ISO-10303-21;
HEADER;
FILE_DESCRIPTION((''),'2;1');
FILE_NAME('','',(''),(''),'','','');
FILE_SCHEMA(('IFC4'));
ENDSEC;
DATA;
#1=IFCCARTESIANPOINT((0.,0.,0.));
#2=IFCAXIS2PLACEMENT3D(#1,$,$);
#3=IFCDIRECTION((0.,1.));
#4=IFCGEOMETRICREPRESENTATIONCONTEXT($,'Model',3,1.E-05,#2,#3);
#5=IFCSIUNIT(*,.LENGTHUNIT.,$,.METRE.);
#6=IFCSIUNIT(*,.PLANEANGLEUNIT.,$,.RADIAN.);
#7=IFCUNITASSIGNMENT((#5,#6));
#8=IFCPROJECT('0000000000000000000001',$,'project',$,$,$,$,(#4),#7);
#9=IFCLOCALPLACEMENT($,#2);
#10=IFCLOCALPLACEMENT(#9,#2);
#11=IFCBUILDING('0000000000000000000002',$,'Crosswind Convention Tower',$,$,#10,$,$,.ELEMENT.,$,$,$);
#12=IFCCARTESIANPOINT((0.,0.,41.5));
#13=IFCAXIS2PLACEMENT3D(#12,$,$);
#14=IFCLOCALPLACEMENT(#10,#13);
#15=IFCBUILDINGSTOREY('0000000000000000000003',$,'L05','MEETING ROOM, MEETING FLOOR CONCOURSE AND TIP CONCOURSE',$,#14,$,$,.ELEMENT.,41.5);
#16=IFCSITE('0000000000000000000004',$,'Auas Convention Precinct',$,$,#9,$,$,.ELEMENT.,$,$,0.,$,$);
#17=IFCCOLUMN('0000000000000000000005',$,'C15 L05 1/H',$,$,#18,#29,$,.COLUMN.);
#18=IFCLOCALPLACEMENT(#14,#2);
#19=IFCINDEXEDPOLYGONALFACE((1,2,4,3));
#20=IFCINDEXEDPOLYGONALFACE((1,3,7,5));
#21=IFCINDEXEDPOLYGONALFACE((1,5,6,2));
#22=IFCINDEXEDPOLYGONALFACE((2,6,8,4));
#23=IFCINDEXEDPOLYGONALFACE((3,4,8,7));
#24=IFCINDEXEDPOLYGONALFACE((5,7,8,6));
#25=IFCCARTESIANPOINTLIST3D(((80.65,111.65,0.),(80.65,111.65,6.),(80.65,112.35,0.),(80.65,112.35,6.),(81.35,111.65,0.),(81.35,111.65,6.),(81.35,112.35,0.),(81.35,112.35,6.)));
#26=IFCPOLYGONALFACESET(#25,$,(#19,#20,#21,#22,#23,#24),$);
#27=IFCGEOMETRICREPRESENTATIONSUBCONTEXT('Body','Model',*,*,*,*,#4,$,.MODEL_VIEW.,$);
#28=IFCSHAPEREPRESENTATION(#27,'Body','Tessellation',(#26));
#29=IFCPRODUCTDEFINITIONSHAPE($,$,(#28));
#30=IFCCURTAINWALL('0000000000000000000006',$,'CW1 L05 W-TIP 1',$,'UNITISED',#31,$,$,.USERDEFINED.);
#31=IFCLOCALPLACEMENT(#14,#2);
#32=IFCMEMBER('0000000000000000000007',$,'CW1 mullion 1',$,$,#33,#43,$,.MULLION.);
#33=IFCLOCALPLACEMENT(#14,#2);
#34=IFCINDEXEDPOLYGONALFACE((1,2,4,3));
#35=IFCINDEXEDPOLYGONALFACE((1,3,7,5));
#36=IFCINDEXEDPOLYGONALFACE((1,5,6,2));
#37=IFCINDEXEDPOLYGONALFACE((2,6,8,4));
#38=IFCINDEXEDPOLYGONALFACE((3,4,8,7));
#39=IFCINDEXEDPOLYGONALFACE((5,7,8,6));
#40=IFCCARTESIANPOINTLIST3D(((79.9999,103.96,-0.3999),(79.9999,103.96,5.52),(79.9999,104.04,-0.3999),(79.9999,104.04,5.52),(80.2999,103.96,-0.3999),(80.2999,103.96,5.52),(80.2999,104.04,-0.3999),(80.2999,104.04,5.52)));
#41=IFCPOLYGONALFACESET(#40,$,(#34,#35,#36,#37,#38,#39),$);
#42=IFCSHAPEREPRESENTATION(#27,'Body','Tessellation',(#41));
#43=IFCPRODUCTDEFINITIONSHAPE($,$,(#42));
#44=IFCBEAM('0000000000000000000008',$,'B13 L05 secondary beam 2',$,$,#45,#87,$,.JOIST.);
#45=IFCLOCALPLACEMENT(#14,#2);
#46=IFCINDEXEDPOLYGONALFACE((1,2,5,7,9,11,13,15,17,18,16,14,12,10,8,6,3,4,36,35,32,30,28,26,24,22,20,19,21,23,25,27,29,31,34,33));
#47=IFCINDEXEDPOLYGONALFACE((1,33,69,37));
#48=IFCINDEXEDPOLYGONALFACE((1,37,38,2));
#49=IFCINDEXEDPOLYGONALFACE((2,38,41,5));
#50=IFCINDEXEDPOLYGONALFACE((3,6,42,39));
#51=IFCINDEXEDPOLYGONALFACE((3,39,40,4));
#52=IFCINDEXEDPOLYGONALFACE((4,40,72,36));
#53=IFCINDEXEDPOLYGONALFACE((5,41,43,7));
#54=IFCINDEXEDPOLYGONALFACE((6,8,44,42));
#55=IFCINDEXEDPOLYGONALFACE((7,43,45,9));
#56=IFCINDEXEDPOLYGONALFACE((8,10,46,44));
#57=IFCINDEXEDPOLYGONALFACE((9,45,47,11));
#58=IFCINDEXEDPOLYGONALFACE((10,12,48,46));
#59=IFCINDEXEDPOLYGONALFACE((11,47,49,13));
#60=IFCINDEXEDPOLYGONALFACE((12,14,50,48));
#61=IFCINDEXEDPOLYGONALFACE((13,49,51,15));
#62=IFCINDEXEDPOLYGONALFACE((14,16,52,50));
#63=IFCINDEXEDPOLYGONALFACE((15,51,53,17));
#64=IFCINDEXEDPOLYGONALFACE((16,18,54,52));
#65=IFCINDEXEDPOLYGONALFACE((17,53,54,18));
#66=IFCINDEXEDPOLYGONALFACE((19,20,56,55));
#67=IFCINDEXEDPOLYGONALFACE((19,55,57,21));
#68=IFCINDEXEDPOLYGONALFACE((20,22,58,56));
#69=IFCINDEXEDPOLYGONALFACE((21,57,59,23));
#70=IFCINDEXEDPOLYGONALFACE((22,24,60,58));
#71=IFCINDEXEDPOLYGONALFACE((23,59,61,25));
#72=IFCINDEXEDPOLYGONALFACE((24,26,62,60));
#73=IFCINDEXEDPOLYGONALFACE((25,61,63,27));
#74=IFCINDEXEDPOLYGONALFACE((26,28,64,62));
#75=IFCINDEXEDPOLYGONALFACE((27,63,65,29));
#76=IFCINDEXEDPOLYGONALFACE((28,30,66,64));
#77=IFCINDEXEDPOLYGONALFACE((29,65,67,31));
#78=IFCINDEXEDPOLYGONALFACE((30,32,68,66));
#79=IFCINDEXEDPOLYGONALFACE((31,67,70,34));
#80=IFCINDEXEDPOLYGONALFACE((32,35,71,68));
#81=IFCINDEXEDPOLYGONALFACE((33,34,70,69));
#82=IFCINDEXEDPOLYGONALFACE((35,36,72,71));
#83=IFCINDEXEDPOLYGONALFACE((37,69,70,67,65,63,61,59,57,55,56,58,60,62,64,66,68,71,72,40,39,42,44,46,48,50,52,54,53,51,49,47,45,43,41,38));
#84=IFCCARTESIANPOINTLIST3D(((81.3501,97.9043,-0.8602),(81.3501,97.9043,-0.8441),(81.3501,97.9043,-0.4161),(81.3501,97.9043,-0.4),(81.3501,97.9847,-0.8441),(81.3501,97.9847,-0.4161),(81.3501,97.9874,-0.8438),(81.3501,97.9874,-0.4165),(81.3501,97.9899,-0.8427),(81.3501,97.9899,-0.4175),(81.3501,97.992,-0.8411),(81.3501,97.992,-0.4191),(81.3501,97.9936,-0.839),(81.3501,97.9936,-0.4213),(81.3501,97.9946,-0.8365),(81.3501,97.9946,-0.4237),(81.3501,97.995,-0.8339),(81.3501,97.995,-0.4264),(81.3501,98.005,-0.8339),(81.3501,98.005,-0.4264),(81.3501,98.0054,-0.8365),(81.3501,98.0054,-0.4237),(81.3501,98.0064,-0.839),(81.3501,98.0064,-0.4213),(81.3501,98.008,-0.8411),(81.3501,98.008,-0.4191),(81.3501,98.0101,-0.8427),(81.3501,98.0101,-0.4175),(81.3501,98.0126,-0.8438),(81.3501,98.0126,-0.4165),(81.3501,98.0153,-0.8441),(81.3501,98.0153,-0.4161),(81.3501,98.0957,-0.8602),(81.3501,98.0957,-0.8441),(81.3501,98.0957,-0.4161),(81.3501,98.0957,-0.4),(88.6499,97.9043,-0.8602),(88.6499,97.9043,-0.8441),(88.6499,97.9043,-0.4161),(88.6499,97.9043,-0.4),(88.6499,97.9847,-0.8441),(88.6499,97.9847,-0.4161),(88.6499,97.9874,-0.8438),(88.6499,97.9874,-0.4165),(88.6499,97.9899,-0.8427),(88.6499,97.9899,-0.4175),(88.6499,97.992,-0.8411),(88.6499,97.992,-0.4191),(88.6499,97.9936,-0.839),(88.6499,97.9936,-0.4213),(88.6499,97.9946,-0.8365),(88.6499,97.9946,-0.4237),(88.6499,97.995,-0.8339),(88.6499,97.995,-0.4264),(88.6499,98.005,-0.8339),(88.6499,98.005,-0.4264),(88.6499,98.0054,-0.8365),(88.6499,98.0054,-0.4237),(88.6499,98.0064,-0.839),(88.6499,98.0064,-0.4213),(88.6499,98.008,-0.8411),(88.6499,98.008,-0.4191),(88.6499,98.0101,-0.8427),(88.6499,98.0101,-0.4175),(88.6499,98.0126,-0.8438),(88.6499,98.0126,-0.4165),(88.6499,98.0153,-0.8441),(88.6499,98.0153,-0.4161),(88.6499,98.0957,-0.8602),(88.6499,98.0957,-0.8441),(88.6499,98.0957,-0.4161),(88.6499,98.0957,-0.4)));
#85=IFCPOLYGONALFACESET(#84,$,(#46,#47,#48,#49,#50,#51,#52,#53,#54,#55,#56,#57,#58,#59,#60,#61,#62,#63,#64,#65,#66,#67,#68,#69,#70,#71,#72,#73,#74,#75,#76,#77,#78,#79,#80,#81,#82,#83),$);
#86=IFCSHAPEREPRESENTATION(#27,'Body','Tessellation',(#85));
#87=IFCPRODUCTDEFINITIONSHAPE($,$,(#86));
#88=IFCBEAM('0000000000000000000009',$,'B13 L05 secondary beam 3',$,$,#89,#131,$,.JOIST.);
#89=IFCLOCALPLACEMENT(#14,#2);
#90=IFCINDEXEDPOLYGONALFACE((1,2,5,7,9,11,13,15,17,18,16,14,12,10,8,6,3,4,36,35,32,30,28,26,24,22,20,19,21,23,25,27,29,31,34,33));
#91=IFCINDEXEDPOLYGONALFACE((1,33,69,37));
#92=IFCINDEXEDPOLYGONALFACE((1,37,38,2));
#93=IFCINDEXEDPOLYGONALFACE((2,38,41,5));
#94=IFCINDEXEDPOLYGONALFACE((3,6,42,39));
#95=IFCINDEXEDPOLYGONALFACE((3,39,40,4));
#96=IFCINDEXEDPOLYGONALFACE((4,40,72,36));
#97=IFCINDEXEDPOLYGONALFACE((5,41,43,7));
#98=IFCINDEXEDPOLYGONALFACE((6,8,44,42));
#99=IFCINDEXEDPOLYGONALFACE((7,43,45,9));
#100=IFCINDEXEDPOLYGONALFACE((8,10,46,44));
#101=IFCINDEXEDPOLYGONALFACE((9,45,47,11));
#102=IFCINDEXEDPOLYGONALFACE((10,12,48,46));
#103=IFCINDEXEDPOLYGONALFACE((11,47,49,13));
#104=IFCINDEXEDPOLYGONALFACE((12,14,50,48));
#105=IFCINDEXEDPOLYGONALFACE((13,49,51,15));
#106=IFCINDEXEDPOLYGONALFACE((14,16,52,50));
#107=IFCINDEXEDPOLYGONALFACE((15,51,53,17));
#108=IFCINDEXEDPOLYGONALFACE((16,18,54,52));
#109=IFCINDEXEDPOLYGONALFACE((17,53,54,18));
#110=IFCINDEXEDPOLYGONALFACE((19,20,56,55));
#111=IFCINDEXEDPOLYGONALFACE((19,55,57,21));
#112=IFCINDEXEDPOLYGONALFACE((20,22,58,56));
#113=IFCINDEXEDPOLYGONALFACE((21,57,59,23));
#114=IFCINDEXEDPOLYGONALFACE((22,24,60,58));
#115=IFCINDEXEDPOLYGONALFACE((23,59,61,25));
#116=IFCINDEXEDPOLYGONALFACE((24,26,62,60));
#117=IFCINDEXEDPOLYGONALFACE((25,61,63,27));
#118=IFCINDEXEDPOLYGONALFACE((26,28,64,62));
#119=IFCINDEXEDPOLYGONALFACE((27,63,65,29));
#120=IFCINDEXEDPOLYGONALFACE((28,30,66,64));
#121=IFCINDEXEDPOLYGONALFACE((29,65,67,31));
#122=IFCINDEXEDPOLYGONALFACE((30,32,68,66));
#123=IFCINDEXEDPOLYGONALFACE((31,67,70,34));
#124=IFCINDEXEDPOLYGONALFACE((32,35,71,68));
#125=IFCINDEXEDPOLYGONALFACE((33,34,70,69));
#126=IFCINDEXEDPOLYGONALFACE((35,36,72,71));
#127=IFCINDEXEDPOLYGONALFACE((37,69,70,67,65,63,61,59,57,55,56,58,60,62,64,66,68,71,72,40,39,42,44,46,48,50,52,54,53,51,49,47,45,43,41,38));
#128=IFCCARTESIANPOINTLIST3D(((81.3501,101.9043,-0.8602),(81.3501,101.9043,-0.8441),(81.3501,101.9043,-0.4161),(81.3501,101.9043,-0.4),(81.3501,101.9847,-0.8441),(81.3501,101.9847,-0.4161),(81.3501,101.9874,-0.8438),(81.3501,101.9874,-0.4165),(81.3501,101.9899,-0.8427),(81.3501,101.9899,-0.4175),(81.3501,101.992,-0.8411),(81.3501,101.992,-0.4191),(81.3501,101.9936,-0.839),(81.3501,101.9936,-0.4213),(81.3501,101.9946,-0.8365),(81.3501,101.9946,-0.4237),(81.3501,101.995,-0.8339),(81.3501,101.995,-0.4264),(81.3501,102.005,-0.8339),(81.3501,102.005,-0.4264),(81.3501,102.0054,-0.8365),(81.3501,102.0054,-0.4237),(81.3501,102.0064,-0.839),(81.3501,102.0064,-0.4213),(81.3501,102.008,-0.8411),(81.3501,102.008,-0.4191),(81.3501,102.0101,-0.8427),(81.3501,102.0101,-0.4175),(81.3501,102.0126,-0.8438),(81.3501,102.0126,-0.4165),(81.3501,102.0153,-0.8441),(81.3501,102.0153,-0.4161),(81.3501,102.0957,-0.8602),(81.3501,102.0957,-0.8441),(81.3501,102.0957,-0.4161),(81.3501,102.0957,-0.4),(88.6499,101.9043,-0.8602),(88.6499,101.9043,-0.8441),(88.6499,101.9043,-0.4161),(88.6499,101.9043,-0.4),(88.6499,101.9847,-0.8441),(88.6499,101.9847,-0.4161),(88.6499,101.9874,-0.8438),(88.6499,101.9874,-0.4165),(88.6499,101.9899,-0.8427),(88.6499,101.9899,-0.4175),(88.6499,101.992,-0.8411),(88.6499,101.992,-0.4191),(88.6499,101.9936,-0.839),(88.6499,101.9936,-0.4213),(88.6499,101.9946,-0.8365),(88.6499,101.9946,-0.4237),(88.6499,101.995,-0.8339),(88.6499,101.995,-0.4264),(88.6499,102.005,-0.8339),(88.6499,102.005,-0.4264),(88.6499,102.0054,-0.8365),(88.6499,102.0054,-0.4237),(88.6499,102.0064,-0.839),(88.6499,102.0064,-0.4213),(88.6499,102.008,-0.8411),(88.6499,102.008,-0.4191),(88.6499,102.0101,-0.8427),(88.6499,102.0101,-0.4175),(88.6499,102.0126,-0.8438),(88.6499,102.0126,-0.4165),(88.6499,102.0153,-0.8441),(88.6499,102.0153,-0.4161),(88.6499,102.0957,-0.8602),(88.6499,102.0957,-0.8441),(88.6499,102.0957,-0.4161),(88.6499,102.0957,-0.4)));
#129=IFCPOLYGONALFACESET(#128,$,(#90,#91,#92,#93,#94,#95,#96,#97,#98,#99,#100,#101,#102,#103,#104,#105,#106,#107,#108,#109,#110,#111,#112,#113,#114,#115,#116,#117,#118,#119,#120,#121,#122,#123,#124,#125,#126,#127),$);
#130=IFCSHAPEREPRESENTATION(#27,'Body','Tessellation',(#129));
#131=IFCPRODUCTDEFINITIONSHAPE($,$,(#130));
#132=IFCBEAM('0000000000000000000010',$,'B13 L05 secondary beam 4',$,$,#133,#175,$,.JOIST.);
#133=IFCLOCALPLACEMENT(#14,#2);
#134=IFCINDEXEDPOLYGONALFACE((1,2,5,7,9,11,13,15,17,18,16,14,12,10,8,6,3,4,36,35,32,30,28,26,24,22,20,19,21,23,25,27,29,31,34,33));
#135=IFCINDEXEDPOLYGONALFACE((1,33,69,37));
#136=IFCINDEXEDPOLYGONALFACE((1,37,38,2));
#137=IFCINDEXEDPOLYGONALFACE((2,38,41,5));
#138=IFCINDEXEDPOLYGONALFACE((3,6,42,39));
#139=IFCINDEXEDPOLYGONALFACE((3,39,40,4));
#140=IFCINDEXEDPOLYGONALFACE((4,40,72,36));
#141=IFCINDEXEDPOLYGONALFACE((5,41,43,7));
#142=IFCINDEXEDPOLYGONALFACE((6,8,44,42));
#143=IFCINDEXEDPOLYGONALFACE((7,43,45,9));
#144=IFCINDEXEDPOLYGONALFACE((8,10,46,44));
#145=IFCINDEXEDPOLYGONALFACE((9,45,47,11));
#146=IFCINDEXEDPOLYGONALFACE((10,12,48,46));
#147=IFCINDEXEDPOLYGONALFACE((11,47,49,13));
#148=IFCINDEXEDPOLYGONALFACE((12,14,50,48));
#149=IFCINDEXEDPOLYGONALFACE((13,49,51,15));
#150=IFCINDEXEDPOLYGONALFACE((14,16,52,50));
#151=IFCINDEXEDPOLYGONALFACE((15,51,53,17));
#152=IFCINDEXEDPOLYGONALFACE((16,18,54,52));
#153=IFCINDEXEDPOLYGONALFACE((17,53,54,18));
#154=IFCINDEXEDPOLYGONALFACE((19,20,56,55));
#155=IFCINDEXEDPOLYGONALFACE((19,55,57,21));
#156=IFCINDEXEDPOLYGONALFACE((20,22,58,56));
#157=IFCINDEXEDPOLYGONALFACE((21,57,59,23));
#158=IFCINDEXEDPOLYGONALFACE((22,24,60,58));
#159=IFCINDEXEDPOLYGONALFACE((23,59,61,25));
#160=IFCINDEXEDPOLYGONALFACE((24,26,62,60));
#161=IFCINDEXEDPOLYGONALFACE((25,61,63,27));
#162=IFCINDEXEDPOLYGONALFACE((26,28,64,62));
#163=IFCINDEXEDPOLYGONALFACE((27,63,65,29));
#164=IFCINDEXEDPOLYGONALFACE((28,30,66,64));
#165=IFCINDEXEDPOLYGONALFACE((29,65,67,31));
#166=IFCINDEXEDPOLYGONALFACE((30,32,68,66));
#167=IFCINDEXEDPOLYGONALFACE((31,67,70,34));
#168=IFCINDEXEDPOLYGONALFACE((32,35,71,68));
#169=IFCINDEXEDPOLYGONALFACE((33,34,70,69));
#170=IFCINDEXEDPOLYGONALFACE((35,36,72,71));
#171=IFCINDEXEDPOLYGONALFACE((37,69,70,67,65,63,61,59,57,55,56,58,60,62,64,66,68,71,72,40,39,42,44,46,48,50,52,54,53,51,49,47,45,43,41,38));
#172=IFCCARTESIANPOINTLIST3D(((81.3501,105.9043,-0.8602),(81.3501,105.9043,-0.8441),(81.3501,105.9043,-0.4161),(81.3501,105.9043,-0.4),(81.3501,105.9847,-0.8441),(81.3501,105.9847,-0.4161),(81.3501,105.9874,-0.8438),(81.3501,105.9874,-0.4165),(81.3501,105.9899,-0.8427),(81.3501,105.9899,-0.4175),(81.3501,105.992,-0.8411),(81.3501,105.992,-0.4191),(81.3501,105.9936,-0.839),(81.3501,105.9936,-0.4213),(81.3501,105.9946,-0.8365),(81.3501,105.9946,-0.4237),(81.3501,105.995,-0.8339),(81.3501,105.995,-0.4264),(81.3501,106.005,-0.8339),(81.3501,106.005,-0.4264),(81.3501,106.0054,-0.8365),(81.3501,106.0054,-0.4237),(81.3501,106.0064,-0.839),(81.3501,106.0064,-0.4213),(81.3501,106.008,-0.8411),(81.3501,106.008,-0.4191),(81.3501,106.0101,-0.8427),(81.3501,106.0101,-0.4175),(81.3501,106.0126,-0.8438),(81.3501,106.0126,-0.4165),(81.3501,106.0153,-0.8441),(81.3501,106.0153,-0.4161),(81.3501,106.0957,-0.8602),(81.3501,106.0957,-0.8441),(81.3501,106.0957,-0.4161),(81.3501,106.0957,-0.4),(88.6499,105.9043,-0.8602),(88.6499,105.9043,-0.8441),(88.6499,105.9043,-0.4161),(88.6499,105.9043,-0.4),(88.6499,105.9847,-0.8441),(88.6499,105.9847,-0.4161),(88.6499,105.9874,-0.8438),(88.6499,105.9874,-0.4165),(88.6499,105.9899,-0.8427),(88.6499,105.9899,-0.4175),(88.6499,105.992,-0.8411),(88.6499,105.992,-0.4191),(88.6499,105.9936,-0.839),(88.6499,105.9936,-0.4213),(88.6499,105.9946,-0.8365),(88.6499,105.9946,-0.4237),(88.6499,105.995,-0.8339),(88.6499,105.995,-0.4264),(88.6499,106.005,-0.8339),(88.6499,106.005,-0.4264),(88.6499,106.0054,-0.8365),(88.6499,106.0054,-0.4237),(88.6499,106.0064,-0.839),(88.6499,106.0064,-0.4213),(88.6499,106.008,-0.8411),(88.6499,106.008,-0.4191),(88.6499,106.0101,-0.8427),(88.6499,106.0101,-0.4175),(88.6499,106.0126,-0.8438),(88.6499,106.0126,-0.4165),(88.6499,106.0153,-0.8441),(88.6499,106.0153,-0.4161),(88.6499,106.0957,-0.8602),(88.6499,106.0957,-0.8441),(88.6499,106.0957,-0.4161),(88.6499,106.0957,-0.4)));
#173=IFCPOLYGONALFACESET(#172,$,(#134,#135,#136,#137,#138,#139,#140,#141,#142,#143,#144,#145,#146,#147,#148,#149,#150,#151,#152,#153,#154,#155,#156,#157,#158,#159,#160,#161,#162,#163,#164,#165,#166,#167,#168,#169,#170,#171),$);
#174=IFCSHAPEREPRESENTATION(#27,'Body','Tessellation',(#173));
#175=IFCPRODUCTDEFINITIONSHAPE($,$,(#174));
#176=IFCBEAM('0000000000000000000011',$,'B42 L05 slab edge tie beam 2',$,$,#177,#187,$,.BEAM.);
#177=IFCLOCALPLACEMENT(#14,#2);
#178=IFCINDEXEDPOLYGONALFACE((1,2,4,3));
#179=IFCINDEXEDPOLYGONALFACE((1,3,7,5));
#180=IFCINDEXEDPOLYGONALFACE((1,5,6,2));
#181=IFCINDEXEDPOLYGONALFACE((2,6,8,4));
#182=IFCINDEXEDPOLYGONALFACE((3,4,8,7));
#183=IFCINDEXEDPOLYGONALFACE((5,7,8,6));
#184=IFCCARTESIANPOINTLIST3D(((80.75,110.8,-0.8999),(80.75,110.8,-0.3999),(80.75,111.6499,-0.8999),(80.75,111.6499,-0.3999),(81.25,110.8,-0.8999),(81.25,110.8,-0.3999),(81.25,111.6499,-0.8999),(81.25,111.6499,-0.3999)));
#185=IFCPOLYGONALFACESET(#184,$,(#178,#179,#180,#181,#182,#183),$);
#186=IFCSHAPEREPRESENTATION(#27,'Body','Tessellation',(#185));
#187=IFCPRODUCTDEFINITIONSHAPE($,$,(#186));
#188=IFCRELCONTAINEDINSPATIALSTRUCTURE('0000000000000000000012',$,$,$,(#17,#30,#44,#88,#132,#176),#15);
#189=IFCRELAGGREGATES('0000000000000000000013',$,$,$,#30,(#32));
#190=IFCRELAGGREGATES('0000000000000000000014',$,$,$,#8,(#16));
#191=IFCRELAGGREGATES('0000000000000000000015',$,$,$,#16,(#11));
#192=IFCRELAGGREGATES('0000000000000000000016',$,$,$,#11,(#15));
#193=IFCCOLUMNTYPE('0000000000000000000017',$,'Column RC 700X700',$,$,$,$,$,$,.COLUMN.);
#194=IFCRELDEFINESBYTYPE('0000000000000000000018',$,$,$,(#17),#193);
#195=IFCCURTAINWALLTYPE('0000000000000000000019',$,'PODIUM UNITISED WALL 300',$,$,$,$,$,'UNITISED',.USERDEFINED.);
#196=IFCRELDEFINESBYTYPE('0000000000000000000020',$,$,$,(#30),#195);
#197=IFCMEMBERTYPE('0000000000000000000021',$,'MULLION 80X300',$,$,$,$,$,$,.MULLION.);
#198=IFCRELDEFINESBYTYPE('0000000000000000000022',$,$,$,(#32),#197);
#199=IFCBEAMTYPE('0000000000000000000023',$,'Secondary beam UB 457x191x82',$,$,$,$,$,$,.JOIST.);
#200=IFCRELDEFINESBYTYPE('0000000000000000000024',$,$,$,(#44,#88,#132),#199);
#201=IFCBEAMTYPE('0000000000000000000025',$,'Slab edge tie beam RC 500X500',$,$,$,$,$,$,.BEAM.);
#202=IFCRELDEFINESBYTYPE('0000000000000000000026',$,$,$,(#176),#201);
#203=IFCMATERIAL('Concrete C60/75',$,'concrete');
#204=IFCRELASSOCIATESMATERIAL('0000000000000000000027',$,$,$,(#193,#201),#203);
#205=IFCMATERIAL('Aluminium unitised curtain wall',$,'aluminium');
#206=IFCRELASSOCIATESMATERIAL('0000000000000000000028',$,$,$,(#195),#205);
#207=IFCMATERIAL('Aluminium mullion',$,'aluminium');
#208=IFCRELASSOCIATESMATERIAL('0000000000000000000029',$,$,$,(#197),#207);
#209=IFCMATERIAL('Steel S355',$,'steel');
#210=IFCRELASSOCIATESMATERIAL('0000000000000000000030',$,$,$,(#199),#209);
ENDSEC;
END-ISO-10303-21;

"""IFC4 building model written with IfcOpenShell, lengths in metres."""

from ifc_helpers import new_model, si_unit, direction, frame, origin, origin_2d, place, context, subcontext, project, spatial, rectangle, i_section, extrude, material, material_profile, profile_set, type_object, element, aggregate, save


model = new_model("IFC4")

# Units and contexts
model_context = context("Model", 3, precision=1e-05, world=origin(), true_north=direction((0.0, 1.0)))
body_context = subcontext(model_context, "Body", "Model", "MODEL_VIEW")
ifc_project = project(units=[si_unit("LENGTHUNIT", "METRE"), si_unit("PLANEANGLEUNIT", "RADIAN")], contexts=[model_context])

# Site, building, storey
site_placement = place(None, origin())
site = spatial("IfcSite", under=ifc_project, at=site_placement, Name="Auas Convention Precinct", CompositionType="ELEMENT", RefElevation=0.0)
building_placement = place(site_placement, origin())
building = spatial("IfcBuilding", under=site, at=building_placement, Name="Crosswind Convention Tower", CompositionType="ELEMENT")
storey_placement = place(building_placement, frame((0.0, 0.0, 41.5)))
storey = spatial("IfcBuildingStorey", under=building, at=storey_placement, Name="L05", Description="MEETING ROOM, MEETING FLOOR CONCOURSE AND TIP CONCOURSE", CompositionType="ELEMENT", Elevation=41.5)

# Column
ifc_material_1 = material(Name="Concrete C60/75", Category="concrete")
ifc_material_profile_1 = material_profile(ifc_material_1, rectangle(XDim=0.7, YDim=0.7, at=origin_2d()), Name="RC 700X700")
ifc_profile_set_1 = profile_set([ifc_material_profile_1], Name="Concrete C60/75")
column_type = type_object("IfcColumnType", Name="Column RC 700X700", PredefinedType="COLUMN", material=ifc_profile_set_1)
column_placement = place(storey_placement, frame((81.0, 112.0, 0.0), z_axis=(0.0, 0.0, 1.0), x_axis=(1.0, 0.0, 0.0)))
element("IfcColumn", 1, at=column_placement, inside=storey, type_object=column_type, Name="C15 L05 1/H", PredefinedType="COLUMN", context=body_context, shape_type="SweptSolid", body=[
    extrude(rectangle(XDim=0.7, YDim=0.7, at=origin_2d()), origin(), (0.0, 0.0, 1.0), 6.0),
])

# Curtain wall, member
ifc_material_2 = material(Name="Aluminium unitised curtain wall", Category="aluminium")
curtain_wall_type = type_object("IfcCurtainWallType", Name="PODIUM UNITISED WALL 300", ElementType="UNITISED", PredefinedType="USERDEFINED", material=ifc_material_2)
curtain_wall_placement = place(storey_placement, origin())
curtain_wall = element("IfcCurtainWall", 2, at=curtain_wall_placement, inside=storey, type_object=curtain_wall_type, Name="CW1 L05 W-TIP 1", ObjectType="UNITISED", PredefinedType="USERDEFINED")
ifc_material_3 = material(Name="Aluminium mullion", Category="aluminium")
ifc_material_profile_2 = material_profile(ifc_material_3, rectangle(XDim=0.3, YDim=0.0801, at=origin_2d()), Name="AL 300X80")
ifc_profile_set_2 = profile_set([ifc_material_profile_2], Name="Aluminium mullion")
member_type_1 = type_object("IfcMemberType", Name="MULLION 80X300", PredefinedType="MULLION", material=ifc_profile_set_2)
member_1_placement = place(storey_placement, frame((80.1499, 104.0, -0.3999), z_axis=(0.0, 0.0, 1.0), x_axis=(-1.0, 0.0, 0.0)))
member_1 = element("IfcMember", 3, at=member_1_placement, type_object=member_type_1, Name="CW1 mullion 1", PredefinedType="MULLION", context=body_context, shape_type="SweptSolid", body=[
    extrude(rectangle(XDim=0.3, YDim=0.0801, at=origin_2d()), origin(), (0.0, 0.0, 1.0), 5.9199),
])

# Beams
ifc_material_4 = material(Name="Steel S355", Category="steel")
ifc_material_profile_3 = material_profile(ifc_material_4, i_section(OverallWidth=0.1914, OverallDepth=0.4602, WebThickness=0.01, FlangeThickness=0.0161, FilletRadius=0.0103, at=origin_2d()), Name="UB 457x191x82")
ifc_profile_set_3 = profile_set([ifc_material_profile_3], Name="Steel S355")
beam_type_1 = type_object("IfcBeamType", Name="Secondary beam UB 457x191x82", PredefinedType="JOIST", material=ifc_profile_set_3)
for number, where, z_axis, x_axis, name in (
    (4, (81.3501, 98.0, -0.6301), (1.0, 0.0, 0.0), (0.0, 1.0, 0.0), "B13 L05 secondary beam 2"),
    (5, (81.3501, 102.0, -0.6301), (1.0, 0.0, 0.0), (0.0, 1.0, 0.0), "B13 L05 secondary beam 3"),
    (6, (81.3501, 106.0, -0.6301), (1.0, 0.0, 0.0), (0.0, 1.0, 0.0), "B13 L05 secondary beam 4"),
):
    element("IfcBeam", number, at=place(storey_placement, frame(where, z_axis=z_axis, x_axis=x_axis)), inside=storey, type_object=beam_type_1, Name=name, PredefinedType="JOIST", context=body_context, shape_type="SweptSolid", body=[
        extrude(i_section(OverallWidth=0.1914, OverallDepth=0.4602, WebThickness=0.01, FlangeThickness=0.0161, FilletRadius=0.0103, at=origin_2d()), origin(), (0.0, 0.0, 1.0), 7.2998),
    ])
ifc_material_profile_4 = material_profile(ifc_material_1, rectangle(XDim=0.5, YDim=0.5, at=origin_2d()), Name="RC 500X500")
ifc_profile_set_4 = profile_set([ifc_material_profile_4], Name="Concrete C60/75")
beam_type_2 = type_object("IfcBeamType", Name="Slab edge tie beam RC 500X500", PredefinedType="BEAM", material=ifc_profile_set_4)
beam_placement = place(storey_placement, frame((81.0, 110.8, -0.6499), z_axis=(0.0, 1.0, 0.0), x_axis=(-1.0, 0.0, 0.0)))
element("IfcBeam", 7, at=beam_placement, inside=storey, type_object=beam_type_2, Name="B42 L05 slab edge tie beam 2", PredefinedType="BEAM", context=body_context, shape_type="SweptSolid", body=[
    extrude(rectangle(XDim=0.5, YDim=0.5, at=origin_2d()), origin(), (0.0, 0.0, 1.0), 0.8499),
])

aggregate(curtain_wall, [member_1])

save(model, "model.ifc")
